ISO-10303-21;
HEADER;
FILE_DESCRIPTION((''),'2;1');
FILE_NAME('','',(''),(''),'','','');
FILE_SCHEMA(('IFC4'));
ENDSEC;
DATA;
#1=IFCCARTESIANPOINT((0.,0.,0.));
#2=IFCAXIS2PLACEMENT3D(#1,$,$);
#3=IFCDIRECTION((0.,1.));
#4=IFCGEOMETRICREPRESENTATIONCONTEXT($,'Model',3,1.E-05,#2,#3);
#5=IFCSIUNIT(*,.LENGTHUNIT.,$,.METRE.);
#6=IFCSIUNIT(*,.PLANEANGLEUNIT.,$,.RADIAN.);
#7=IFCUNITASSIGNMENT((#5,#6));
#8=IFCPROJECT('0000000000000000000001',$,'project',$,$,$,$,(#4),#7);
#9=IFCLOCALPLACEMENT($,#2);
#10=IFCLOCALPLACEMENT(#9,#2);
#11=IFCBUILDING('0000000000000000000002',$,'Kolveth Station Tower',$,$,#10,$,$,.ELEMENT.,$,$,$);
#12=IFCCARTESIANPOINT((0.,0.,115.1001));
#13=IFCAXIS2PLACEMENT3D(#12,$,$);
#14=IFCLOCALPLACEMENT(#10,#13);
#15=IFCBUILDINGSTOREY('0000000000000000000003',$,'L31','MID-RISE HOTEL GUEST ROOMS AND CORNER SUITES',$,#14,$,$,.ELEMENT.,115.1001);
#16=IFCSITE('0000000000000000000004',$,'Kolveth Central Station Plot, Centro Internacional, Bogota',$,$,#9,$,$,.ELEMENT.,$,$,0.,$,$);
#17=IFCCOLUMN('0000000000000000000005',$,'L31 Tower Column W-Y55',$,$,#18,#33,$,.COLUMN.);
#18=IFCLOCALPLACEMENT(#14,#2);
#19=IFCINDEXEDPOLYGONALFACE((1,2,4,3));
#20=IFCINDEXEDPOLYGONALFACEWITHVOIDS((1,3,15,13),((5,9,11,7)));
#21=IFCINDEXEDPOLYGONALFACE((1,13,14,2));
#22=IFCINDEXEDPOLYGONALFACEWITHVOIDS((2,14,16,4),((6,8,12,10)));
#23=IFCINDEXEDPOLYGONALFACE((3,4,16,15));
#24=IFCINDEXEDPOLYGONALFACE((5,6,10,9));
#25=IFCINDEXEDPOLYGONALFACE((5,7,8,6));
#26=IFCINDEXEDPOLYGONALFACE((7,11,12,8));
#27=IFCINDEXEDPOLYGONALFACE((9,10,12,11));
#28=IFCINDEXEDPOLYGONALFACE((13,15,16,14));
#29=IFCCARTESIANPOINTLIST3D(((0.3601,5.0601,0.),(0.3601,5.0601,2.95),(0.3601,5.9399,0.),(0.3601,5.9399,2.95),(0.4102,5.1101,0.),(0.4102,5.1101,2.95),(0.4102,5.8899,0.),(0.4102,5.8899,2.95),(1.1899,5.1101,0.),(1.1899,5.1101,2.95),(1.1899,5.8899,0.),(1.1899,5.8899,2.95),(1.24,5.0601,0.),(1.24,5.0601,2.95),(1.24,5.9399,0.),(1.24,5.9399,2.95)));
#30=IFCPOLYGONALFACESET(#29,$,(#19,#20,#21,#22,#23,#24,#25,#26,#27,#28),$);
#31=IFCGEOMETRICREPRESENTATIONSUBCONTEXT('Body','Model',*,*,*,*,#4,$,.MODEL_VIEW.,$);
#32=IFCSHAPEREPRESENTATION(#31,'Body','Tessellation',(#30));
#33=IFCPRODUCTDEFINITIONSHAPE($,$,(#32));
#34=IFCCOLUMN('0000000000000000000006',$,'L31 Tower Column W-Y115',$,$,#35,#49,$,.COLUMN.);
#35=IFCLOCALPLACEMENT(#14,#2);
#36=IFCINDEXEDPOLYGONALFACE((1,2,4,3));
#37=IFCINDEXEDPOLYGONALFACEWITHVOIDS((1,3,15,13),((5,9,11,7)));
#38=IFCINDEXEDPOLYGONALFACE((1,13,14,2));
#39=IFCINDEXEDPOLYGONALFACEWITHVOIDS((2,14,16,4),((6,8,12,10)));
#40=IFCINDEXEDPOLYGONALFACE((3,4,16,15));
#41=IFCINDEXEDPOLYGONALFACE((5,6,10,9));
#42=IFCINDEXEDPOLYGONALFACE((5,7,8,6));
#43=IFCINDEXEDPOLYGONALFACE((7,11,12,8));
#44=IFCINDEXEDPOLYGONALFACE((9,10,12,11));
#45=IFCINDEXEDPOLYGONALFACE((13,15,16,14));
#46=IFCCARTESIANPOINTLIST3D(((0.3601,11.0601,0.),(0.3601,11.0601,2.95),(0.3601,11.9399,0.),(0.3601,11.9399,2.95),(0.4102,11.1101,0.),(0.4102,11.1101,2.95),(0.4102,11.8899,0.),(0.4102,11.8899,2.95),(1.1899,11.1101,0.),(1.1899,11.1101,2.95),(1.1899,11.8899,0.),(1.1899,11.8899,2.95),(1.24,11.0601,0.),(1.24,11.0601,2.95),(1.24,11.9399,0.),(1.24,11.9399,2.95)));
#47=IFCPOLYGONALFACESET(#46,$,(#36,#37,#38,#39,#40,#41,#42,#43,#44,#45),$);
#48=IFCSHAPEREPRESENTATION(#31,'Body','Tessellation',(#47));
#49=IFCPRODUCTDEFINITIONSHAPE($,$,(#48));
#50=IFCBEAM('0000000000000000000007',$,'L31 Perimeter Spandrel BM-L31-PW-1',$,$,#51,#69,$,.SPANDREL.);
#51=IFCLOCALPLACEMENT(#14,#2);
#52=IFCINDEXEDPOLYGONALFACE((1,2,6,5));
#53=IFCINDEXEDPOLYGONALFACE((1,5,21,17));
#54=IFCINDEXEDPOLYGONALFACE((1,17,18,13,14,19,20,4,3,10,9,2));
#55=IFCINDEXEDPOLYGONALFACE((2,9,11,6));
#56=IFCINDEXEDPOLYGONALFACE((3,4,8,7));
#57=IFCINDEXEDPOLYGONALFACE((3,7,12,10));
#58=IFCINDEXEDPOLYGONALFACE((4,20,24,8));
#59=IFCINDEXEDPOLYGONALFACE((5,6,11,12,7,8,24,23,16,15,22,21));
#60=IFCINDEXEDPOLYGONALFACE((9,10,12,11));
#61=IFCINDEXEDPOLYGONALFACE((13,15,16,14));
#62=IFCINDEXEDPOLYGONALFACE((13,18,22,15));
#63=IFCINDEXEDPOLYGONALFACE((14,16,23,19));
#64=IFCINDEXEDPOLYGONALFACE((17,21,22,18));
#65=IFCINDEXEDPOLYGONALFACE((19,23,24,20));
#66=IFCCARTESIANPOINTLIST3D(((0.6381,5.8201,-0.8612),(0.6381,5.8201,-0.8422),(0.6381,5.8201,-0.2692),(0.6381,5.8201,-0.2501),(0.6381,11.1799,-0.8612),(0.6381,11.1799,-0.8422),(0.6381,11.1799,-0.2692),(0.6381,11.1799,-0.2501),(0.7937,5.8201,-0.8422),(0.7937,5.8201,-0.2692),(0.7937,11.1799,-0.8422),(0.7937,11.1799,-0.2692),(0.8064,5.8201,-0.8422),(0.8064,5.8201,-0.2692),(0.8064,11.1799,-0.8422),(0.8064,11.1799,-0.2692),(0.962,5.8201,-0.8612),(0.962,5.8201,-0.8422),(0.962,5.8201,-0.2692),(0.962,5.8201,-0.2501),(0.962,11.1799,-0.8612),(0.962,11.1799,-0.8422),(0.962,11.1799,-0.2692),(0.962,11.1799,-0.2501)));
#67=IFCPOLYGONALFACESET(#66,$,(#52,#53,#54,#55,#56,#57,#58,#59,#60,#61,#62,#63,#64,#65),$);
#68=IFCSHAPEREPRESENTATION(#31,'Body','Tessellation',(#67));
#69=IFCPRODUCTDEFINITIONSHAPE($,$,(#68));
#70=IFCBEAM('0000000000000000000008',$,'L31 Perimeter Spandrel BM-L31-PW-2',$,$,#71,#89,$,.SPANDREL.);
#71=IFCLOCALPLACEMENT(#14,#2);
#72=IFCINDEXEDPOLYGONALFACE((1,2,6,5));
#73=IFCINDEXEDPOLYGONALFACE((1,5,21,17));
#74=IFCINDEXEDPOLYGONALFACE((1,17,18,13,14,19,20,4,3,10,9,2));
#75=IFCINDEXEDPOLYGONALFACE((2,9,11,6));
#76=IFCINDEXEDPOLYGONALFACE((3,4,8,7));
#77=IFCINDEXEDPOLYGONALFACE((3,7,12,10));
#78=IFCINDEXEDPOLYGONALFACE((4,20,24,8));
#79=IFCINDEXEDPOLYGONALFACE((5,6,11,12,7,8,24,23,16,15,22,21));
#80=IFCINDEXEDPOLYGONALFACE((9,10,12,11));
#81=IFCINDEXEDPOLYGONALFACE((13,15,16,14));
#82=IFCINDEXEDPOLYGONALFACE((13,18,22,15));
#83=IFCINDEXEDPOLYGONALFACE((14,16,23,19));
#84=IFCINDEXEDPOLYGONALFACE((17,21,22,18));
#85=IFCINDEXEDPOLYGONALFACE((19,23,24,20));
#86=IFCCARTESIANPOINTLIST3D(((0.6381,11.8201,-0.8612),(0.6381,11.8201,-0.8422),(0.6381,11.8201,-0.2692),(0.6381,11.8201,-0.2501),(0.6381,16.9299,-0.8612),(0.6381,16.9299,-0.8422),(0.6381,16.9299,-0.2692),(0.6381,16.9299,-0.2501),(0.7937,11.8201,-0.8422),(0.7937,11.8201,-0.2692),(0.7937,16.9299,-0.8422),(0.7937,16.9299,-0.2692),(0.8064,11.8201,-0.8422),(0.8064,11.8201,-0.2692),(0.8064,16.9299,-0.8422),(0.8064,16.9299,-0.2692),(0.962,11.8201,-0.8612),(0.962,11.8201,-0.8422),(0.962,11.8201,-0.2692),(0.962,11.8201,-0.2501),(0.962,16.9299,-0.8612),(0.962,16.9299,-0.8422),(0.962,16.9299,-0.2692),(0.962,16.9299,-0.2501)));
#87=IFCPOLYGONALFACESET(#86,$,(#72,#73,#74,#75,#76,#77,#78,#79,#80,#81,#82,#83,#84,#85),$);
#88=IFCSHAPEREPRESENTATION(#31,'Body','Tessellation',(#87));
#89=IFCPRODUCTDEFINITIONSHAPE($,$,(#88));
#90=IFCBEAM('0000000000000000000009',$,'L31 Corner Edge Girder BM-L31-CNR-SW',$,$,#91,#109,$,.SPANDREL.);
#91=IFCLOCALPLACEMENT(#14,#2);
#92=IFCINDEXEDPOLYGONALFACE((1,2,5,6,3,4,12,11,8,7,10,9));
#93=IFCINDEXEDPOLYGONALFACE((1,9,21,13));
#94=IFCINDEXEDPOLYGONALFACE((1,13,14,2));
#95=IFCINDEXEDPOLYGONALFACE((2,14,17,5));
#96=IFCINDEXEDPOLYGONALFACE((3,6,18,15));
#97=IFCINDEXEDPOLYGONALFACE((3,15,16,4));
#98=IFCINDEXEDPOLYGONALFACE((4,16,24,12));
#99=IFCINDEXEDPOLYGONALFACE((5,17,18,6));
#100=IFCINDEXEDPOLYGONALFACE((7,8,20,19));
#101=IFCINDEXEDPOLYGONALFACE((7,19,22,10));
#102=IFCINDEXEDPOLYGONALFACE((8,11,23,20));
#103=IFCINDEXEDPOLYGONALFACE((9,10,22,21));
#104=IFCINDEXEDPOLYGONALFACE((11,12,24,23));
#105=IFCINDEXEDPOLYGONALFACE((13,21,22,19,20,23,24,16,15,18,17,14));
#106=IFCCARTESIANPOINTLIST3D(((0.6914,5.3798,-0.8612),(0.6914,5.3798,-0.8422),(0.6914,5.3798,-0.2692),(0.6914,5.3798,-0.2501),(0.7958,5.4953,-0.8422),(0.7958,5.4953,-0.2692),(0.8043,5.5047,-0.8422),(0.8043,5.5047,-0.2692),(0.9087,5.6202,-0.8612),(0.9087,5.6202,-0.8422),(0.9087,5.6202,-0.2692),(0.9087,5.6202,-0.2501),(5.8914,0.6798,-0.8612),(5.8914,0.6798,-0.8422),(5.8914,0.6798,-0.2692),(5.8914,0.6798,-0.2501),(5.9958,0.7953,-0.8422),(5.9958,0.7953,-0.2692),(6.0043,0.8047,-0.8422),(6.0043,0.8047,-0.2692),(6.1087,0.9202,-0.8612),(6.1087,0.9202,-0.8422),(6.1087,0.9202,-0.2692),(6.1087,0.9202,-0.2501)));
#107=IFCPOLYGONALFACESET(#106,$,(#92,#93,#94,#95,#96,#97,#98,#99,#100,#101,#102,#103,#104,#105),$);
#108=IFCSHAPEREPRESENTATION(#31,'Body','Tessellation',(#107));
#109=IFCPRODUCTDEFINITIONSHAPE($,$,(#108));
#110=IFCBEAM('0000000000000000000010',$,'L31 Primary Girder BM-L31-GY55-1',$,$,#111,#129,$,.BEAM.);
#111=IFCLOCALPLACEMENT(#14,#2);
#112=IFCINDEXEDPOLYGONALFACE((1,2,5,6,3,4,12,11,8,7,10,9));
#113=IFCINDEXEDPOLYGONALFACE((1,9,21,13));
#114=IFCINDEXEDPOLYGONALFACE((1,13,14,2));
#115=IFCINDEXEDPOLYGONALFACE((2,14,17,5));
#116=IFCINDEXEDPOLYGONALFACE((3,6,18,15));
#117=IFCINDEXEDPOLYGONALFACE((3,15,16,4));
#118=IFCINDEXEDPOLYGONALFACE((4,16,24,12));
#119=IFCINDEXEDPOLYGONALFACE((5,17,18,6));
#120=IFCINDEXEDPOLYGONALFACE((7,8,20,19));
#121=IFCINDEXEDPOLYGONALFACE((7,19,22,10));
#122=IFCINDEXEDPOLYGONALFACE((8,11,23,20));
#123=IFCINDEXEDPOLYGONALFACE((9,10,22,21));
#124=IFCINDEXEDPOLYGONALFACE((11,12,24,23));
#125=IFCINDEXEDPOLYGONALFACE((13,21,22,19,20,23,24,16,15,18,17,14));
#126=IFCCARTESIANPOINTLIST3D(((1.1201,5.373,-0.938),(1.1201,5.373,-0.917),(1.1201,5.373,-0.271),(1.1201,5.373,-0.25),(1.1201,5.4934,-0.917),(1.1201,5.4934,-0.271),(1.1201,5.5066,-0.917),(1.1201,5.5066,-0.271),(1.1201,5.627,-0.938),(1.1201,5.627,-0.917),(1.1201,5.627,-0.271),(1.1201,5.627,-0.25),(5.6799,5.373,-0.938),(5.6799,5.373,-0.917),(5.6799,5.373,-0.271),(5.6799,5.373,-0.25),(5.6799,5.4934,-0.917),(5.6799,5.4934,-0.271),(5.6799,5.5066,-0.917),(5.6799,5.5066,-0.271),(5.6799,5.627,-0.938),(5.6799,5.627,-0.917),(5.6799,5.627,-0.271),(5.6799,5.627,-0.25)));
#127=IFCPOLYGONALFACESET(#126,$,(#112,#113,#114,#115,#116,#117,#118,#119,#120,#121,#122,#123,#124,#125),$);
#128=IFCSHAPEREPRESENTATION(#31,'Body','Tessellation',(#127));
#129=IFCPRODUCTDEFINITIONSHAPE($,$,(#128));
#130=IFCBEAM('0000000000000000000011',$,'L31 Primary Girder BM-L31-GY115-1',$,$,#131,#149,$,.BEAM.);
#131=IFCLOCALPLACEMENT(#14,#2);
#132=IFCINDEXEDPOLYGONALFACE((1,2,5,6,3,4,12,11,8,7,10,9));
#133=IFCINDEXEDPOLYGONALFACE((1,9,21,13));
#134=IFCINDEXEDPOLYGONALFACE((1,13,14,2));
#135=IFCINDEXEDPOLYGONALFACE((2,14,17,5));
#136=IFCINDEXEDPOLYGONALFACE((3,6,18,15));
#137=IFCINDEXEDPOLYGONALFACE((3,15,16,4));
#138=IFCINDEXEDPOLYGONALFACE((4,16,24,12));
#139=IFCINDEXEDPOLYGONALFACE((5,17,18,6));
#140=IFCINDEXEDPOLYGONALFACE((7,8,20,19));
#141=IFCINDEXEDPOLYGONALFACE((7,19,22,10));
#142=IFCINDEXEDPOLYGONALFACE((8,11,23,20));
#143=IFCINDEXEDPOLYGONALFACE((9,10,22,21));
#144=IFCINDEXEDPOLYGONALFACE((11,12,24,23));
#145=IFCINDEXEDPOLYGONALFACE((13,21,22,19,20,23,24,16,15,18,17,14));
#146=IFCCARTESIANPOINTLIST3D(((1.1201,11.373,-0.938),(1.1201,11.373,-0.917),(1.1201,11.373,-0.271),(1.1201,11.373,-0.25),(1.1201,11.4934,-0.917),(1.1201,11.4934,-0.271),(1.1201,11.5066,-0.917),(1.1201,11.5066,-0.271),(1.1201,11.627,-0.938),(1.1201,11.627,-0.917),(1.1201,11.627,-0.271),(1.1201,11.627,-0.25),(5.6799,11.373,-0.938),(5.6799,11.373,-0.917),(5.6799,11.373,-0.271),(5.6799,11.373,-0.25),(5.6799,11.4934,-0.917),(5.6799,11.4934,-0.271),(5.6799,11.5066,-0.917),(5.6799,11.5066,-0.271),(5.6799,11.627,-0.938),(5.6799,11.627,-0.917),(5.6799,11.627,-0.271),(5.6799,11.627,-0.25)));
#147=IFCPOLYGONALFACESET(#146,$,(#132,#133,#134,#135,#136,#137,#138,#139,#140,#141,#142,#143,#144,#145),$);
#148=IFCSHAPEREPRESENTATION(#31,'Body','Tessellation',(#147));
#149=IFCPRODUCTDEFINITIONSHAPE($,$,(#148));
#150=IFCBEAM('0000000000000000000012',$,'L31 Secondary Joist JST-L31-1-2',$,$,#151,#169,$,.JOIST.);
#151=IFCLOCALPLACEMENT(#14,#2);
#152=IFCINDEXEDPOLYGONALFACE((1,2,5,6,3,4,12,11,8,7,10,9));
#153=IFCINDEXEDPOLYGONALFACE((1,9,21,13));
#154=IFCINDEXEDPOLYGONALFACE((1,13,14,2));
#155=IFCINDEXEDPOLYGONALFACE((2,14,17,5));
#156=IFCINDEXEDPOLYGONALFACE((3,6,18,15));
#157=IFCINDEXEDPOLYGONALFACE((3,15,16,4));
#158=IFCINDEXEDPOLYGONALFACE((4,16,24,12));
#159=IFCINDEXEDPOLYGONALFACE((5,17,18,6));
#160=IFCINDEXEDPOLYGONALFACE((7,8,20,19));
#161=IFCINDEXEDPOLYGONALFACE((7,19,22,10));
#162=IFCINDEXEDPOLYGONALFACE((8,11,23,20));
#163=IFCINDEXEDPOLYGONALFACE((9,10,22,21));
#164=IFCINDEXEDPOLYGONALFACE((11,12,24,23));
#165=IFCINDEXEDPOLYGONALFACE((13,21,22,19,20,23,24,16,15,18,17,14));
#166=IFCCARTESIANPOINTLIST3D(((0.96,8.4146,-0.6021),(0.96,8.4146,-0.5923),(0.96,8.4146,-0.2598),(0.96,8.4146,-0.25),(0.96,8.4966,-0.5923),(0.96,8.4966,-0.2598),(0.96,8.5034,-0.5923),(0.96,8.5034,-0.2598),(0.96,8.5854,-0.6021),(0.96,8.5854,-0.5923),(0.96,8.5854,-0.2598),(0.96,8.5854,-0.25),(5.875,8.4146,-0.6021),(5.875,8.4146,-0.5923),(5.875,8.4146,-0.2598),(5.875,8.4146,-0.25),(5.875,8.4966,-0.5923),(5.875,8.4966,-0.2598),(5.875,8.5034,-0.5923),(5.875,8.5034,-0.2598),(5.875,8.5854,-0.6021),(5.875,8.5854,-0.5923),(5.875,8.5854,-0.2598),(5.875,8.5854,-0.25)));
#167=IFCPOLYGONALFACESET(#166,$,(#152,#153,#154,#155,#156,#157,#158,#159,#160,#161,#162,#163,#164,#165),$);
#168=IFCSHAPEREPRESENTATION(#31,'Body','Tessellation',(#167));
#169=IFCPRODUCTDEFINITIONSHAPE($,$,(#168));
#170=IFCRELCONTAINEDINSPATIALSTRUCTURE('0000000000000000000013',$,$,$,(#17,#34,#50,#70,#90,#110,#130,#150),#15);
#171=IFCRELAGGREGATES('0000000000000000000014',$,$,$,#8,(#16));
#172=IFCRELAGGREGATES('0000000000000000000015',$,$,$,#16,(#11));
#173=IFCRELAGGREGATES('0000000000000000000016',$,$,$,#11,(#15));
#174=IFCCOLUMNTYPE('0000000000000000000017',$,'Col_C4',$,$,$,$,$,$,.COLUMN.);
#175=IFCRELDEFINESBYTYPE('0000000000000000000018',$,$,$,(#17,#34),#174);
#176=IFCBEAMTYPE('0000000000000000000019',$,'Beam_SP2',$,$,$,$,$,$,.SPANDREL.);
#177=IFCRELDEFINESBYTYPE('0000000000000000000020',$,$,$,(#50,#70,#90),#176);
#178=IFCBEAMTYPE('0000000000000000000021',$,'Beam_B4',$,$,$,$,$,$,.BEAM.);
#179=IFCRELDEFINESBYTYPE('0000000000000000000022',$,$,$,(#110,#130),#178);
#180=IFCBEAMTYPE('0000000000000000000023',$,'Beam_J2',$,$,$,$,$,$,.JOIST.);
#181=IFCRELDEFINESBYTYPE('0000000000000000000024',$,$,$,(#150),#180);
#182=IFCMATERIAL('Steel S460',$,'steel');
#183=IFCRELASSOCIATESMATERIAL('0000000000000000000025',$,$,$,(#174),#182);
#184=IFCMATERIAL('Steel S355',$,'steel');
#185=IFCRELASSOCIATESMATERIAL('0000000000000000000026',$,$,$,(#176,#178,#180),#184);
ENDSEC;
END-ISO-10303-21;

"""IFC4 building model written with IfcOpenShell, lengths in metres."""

from ifc_helpers import new_model, si_unit, direction, frame, origin, origin_2d, place, context, subcontext, project, spatial, hollow_rectangle, i_section, extrude, source, transform, mapped, material, material_profile, profile_set, type_object, element, save


model = new_model("IFC4")

# Units and contexts
model_context = context("Model", 3, precision=1e-05, world=origin(), true_north=direction((0.0, 1.0)))
body_context = subcontext(model_context, "Body", "Model", "MODEL_VIEW")
ifc_project = project(units=[si_unit("LENGTHUNIT", "METRE"), si_unit("PLANEANGLEUNIT", "RADIAN")], contexts=[model_context])

# Site, building, storey
site_placement = place(None, origin())
site = spatial("IfcSite", under=ifc_project, at=site_placement, Name="Kolveth Central Station Plot, Centro Internacional, Bogota", CompositionType="ELEMENT", RefElevation=0.0)
building_placement = place(site_placement, origin())
building = spatial("IfcBuilding", under=site, at=building_placement, Name="Kolveth Station Tower", CompositionType="ELEMENT")
storey_placement = place(building_placement, frame((0.0, 0.0, 115.1001)))
storey = spatial("IfcBuildingStorey", under=building, at=storey_placement, Name="L31", Description="MID-RISE HOTEL GUEST ROOMS AND CORNER SUITES", CompositionType="ELEMENT", Elevation=115.1001)

# Columns
ifc_material_1 = material(Name="Steel S460", Category="steel")
ifc_material_profile_1 = material_profile(ifc_material_1, hollow_rectangle(XDim=0.8799, YDim=0.8799, WallThickness=0.05, at=origin_2d()), Name="BOX880x880x50")
ifc_profile_set_1 = profile_set([ifc_material_profile_1], Name="Steel S460")
column_type = type_object("IfcColumnType", Name="Col_C4", PredefinedType="COLUMN", material=ifc_profile_set_1)
shared_shape_1 = source(origin(), body_context, "Body", "SweptSolid", [
    extrude(hollow_rectangle(XDim=0.8799, YDim=0.8799, WallThickness=0.05, at=origin_2d()), origin(), (0.0, 0.0, 1.0), 2.95),
])
for number, where, z_axis, x_axis, name in (
    (1, (0.8, 5.5, 0.0), (0.0, 0.0, 1.0), (1.0, 0.0, 0.0), "L31 Tower Column W-Y55"),
    (2, (0.8, 11.5, 0.0), (0.0, 0.0, 1.0), (1.0, 0.0, 0.0), "L31 Tower Column W-Y115"),
):
    element("IfcColumn", number, at=place(storey_placement, frame(where, z_axis=z_axis, x_axis=x_axis)), inside=storey, type_object=column_type, Name=name, PredefinedType="COLUMN", context=body_context, shape_type="MappedRepresentation", body=[
        mapped(shared_shape_1, transform((0.0, 0.0, 0.0), x_axis=(1.0, 0.0, 0.0), y_axis=(0.0, 1.0, 0.0), z_axis=(0.0, 0.0, 1.0), scale=1.0)),
    ])

# Beams
ifc_material_2 = material(Name="Steel S355", Category="steel")
ifc_material_profile_2 = material_profile(ifc_material_2, i_section(OverallWidth=0.324, OverallDepth=0.6111, WebThickness=0.0127, FlangeThickness=0.019, at=origin_2d()), Name="W610x155")
ifc_profile_set_2 = profile_set([ifc_material_profile_2], Name="Steel S355")
beam_type_1 = type_object("IfcBeamType", Name="Beam_SP2", PredefinedType="SPANDREL", material=ifc_profile_set_2)
shared_shape_2 = source(origin(), body_context, "Body", "SweptSolid", [
    extrude(i_section(OverallWidth=0.324, OverallDepth=0.6111, WebThickness=0.0127, FlangeThickness=0.019, at=origin_2d()), origin(), (0.0, 0.0, 1.0), 5.3599),
])
beam_1_placement = place(storey_placement, frame((0.8, 5.8201, -0.5557), z_axis=(0.0, 1.0, 0.0), x_axis=(-1.0, 0.0, 0.0)))
element("IfcBeam", 3, at=beam_1_placement, inside=storey, type_object=beam_type_1, Name="L31 Perimeter Spandrel BM-L31-PW-1", PredefinedType="SPANDREL", context=body_context, shape_type="MappedRepresentation", body=[
    mapped(shared_shape_2, transform((0.0, 0.0, 0.0), x_axis=(1.0, 0.0, 0.0), y_axis=(0.0, 1.0, 0.0), z_axis=(0.0, 0.0, 1.0), scale=1.0)),
])
shared_shape_3 = source(origin(), body_context, "Body", "SweptSolid", [
    extrude(i_section(OverallWidth=0.324, OverallDepth=0.6111, WebThickness=0.0127, FlangeThickness=0.019, at=origin_2d()), origin(), (0.0, 0.0, 1.0), 5.1099),
])
beam_2_placement = place(storey_placement, frame((0.8, 11.8201, -0.5557), z_axis=(0.0, 1.0, 0.0), x_axis=(-1.0, 0.0, 0.0)))
element("IfcBeam", 4, at=beam_2_placement, inside=storey, type_object=beam_type_1, Name="L31 Perimeter Spandrel BM-L31-PW-2", PredefinedType="SPANDREL", context=body_context, shape_type="MappedRepresentation", body=[
    mapped(shared_shape_3, transform((0.0, 0.0, 0.0), x_axis=(1.0, 0.0, 0.0), y_axis=(0.0, 1.0, 0.0), z_axis=(0.0, 0.0, 1.0), scale=1.0)),
])
shared_shape_4 = source(origin(), body_context, "Body", "SweptSolid", [
    extrude(i_section(OverallWidth=0.324, OverallDepth=0.6111, WebThickness=0.0127, FlangeThickness=0.019, at=origin_2d()), origin(), (0.0, 0.0, 1.0), 7.0093),
])
beam_3_placement = place(storey_placement, frame((0.8, 5.5, -0.5557), z_axis=(0.741874, -0.670539, 0.0), x_axis=(0.670539, 0.741874, 0.0)))
element("IfcBeam", 5, at=beam_3_placement, inside=storey, type_object=beam_type_1, Name="L31 Corner Edge Girder BM-L31-CNR-SW", PredefinedType="SPANDREL", context=body_context, shape_type="MappedRepresentation", body=[
    mapped(shared_shape_4, transform((0.0, 0.0, 0.0), x_axis=(1.0, 0.0, 0.0), y_axis=(0.0, 1.0, 0.0), z_axis=(0.0, 0.0, 1.0), scale=1.0)),
])
ifc_material_profile_3 = material_profile(ifc_material_2, i_section(OverallWidth=0.2539, OverallDepth=0.688, WebThickness=0.0132, FlangeThickness=0.021, at=origin_2d()), Name="W690x152")
ifc_profile_set_3 = profile_set([ifc_material_profile_3], Name="Steel S355")
beam_type_2 = type_object("IfcBeamType", Name="Beam_B4", PredefinedType="BEAM", material=ifc_profile_set_3)
shared_shape_5 = source(origin(), body_context, "Body", "SweptSolid", [
    extrude(i_section(OverallWidth=0.2539, OverallDepth=0.688, WebThickness=0.0132, FlangeThickness=0.021, at=origin_2d()), origin(), (0.0, 0.0, 1.0), 4.5598),
])
for number, where, z_axis, x_axis, name in (
    (6, (1.1201, 5.5, -0.594), (1.0, 0.0, 0.0), (0.0, 1.0, 0.0), "L31 Primary Girder BM-L31-GY55-1"),
    (7, (1.1201, 11.5, -0.594), (1.0, 0.0, 0.0), (0.0, 1.0, 0.0), "L31 Primary Girder BM-L31-GY115-1"),
):
    element("IfcBeam", number, at=place(storey_placement, frame(where, z_axis=z_axis, x_axis=x_axis)), inside=storey, type_object=beam_type_2, Name=name, PredefinedType="BEAM", context=body_context, shape_type="MappedRepresentation", body=[
        mapped(shared_shape_5, transform((0.0, 0.0, 0.0), x_axis=(1.0, 0.0, 0.0), y_axis=(0.0, 1.0, 0.0), z_axis=(0.0, 0.0, 1.0), scale=1.0)),
    ])
ifc_material_profile_4 = material_profile(ifc_material_2, i_section(OverallWidth=0.1709, OverallDepth=0.3521, WebThickness=0.0068, FlangeThickness=0.0098, at=origin_2d()), Name="W360x44")
ifc_profile_set_4 = profile_set([ifc_material_profile_4], Name="Steel S355")
beam_type_3 = type_object("IfcBeamType", Name="Beam_J2", PredefinedType="JOIST", material=ifc_profile_set_4)
shared_shape_6 = source(origin(), body_context, "Body", "SweptSolid", [
    extrude(i_section(OverallWidth=0.1709, OverallDepth=0.3521, WebThickness=0.0068, FlangeThickness=0.0098, at=origin_2d()), origin(), (0.0, 0.0, 1.0), 4.915),
])
for number, where, z_axis, x_axis, name in (
    (8, (0.96, 8.5, -0.426), (1.0, 0.0, 0.0), (0.0, 1.0, 0.0), "L31 Secondary Joist JST-L31-1-2"),
):
    element("IfcBeam", number, at=place(storey_placement, frame(where, z_axis=z_axis, x_axis=x_axis)), inside=storey, type_object=beam_type_3, Name=name, PredefinedType="JOIST", context=body_context, shape_type="MappedRepresentation", body=[
        mapped(shared_shape_6, transform((0.0, 0.0, 0.0), x_axis=(1.0, 0.0, 0.0), y_axis=(0.0, 1.0, 0.0), z_axis=(0.0, 0.0, 1.0), scale=1.0)),
    ])

save(model, "model.ifc")
